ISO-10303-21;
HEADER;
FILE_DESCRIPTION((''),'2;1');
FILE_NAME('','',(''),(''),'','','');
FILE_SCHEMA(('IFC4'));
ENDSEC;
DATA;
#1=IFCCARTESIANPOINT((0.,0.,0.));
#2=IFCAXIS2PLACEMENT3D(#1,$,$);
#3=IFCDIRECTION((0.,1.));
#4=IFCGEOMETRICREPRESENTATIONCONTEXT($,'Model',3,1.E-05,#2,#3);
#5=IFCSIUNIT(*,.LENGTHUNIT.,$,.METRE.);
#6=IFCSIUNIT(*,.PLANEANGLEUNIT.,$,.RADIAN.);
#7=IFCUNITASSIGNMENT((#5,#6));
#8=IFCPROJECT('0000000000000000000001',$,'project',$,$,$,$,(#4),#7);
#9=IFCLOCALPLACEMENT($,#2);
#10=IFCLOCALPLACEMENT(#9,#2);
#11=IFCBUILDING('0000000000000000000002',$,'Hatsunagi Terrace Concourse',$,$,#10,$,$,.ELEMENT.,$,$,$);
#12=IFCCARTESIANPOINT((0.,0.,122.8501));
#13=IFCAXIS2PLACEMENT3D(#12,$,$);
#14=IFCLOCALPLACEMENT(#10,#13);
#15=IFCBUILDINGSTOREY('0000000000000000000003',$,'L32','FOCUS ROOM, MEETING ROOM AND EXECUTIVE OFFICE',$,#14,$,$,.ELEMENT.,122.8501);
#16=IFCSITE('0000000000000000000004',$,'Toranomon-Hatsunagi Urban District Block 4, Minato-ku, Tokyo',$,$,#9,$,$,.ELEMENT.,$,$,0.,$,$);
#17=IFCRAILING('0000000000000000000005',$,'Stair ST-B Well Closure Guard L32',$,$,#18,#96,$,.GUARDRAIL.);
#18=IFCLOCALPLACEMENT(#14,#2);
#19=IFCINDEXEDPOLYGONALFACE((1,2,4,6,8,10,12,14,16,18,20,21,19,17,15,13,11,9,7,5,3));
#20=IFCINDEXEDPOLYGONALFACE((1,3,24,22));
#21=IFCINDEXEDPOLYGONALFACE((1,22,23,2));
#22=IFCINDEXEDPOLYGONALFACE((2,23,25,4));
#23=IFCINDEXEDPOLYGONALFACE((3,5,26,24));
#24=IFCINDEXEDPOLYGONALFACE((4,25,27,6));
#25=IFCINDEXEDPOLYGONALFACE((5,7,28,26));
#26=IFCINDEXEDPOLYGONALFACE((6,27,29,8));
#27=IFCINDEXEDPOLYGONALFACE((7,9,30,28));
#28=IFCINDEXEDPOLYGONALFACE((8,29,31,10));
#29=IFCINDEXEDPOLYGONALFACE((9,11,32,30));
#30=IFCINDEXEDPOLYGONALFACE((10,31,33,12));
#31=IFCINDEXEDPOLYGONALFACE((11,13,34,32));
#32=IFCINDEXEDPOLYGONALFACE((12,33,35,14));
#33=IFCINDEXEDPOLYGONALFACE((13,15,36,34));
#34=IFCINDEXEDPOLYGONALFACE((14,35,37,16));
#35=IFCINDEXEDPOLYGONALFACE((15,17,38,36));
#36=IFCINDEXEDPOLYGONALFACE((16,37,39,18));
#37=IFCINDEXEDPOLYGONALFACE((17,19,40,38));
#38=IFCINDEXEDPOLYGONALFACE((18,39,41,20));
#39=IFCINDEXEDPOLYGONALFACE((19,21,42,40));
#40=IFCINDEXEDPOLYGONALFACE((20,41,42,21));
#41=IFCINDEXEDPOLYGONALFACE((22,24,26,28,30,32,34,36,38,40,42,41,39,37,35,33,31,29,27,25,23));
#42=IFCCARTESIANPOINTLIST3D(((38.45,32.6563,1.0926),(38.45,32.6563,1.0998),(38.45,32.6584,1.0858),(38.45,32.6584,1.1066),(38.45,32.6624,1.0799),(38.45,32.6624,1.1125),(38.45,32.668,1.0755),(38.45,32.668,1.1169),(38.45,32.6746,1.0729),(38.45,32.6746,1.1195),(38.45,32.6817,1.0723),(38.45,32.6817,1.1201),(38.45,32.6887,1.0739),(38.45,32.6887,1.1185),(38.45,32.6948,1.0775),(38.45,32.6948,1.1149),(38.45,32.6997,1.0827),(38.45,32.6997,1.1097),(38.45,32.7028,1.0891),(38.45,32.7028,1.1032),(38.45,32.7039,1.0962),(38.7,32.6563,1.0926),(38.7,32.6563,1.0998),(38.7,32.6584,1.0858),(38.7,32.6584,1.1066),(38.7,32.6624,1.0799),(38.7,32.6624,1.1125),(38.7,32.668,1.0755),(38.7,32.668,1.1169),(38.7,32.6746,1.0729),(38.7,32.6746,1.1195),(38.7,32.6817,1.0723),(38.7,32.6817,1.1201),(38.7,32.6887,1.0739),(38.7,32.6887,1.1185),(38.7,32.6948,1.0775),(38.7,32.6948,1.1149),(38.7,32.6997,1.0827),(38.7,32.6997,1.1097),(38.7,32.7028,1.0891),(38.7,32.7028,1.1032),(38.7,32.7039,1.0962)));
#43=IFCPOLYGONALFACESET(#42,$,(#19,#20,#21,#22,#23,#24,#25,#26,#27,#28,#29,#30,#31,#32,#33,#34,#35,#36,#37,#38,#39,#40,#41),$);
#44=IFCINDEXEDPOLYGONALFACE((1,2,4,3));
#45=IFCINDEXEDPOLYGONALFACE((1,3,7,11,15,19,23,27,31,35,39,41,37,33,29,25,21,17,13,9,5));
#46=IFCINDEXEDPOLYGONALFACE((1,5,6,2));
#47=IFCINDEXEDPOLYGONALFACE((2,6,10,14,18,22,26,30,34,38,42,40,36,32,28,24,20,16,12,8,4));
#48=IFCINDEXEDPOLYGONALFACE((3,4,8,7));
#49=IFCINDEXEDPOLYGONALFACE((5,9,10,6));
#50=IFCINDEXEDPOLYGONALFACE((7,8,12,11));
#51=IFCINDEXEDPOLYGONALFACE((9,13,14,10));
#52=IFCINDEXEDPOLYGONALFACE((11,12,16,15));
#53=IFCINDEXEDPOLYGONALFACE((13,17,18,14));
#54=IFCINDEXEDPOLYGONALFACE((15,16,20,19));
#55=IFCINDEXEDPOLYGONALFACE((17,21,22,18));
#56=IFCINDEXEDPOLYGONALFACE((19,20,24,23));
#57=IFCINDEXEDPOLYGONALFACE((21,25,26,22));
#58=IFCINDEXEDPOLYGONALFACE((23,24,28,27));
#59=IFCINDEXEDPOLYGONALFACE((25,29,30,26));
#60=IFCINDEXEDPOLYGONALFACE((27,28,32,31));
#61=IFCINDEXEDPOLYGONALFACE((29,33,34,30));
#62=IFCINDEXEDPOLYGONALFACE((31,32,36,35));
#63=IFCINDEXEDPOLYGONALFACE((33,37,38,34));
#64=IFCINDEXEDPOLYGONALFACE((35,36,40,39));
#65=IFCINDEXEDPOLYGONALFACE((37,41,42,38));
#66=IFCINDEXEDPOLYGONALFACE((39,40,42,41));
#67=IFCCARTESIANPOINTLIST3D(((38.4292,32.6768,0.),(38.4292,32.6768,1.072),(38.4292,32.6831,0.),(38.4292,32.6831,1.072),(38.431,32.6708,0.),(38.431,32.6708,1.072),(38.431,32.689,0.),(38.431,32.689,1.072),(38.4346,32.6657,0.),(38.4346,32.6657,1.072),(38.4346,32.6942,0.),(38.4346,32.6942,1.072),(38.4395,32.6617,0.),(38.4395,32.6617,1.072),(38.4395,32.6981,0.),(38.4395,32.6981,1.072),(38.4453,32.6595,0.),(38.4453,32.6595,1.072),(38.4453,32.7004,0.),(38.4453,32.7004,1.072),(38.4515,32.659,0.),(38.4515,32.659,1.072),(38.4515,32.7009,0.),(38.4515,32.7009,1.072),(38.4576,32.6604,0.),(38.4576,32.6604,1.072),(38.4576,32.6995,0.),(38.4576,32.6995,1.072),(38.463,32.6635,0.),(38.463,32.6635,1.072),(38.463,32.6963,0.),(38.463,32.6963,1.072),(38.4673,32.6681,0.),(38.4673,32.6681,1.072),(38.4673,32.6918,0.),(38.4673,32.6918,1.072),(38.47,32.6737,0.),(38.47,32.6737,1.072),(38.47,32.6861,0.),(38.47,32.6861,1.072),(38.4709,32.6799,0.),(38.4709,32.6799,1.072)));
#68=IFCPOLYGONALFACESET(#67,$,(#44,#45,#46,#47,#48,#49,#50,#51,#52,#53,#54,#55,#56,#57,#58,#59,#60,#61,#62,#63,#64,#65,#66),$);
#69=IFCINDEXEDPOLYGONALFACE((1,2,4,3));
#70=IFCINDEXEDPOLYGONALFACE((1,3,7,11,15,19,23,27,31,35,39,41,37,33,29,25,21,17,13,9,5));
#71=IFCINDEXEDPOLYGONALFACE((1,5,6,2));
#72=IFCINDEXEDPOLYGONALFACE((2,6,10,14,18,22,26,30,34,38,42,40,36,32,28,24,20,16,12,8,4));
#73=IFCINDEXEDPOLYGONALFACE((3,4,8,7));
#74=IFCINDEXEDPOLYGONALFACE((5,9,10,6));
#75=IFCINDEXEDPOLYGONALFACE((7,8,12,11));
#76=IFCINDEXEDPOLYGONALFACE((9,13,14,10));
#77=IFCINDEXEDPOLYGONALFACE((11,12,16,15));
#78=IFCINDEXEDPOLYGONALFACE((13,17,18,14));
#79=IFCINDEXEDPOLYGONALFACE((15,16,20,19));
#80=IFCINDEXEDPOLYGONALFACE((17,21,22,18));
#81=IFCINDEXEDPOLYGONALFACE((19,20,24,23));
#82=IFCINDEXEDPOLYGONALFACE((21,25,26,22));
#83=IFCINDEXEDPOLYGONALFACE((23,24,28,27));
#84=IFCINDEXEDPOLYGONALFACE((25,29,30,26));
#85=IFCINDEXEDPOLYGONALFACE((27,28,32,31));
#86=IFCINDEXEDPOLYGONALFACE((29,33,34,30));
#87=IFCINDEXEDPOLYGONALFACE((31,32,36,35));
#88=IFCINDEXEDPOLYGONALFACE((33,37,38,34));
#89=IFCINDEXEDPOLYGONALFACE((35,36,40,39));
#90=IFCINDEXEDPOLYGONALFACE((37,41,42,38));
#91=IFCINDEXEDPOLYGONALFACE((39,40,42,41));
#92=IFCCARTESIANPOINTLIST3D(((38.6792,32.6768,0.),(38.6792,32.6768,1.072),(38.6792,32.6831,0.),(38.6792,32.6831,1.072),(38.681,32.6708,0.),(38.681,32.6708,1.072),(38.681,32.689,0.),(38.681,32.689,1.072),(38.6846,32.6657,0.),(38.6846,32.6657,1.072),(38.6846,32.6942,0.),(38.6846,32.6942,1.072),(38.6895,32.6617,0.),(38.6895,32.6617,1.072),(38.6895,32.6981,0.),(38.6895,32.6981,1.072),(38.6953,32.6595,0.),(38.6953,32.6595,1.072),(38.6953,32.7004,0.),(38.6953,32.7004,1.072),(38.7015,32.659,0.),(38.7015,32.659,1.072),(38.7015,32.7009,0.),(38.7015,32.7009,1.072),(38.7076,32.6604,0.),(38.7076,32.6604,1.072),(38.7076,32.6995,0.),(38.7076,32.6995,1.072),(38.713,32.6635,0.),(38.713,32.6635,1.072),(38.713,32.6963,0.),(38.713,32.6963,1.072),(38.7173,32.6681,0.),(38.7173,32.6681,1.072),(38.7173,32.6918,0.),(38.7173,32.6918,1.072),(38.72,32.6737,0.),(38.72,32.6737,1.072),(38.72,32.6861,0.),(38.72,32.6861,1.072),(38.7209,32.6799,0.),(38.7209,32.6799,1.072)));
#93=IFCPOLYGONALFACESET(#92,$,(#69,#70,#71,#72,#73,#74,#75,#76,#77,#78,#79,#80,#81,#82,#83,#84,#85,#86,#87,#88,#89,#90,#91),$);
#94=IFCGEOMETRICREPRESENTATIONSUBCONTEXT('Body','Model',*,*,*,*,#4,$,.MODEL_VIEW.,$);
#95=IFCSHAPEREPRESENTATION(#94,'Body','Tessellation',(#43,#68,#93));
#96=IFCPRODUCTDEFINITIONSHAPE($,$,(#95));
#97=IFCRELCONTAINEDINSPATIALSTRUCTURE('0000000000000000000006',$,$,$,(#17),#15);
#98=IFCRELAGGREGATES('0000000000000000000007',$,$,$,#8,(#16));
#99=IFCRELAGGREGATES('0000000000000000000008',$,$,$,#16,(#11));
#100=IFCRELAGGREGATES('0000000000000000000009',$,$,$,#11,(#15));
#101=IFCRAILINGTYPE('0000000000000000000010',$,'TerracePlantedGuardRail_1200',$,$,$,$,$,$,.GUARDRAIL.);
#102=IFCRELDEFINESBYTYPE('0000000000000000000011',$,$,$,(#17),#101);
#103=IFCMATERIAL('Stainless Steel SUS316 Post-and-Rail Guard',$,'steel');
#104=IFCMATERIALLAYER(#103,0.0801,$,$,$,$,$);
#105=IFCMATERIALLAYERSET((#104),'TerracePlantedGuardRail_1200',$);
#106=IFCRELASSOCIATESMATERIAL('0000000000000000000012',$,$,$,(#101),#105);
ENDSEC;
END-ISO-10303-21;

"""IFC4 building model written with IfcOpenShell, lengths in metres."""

from ifc_helpers import new_model, si_unit, direction, frame, origin, origin_2d, place, context, subcontext, project, spatial, circle, extrude, material, layer, layer_set, type_object, element, save


model = new_model("IFC4")

# Units and contexts
model_context = context("Model", 3, precision=1e-05, world=origin(), true_north=direction((0.0, 1.0)))
body_context = subcontext(model_context, "Body", "Model", "MODEL_VIEW")
ifc_project = project(units=[si_unit("LENGTHUNIT", "METRE"), si_unit("PLANEANGLEUNIT", "RADIAN")], contexts=[model_context])

# Site, building, storey
site_placement = place(None, origin())
site = spatial("IfcSite", under=ifc_project, at=site_placement, Name="Toranomon-Hatsunagi Urban District Block 4, Minato-ku, Tokyo", CompositionType="ELEMENT", RefElevation=0.0)
building_placement = place(site_placement, origin())
building = spatial("IfcBuilding", under=site, at=building_placement, Name="Hatsunagi Terrace Concourse", CompositionType="ELEMENT")
storey_placement = place(building_placement, frame((0.0, 0.0, 122.8501)))
storey = spatial("IfcBuildingStorey", under=building, at=storey_placement, Name="L32", Description="FOCUS ROOM, MEETING ROOM AND EXECUTIVE OFFICE", CompositionType="ELEMENT", Elevation=122.8501)

# Railing
ifc_material_1 = material(Name="Stainless Steel SUS316 Post-and-Rail Guard", Category="steel")
ifc_layer_1 = layer(ifc_material_1, 0.0801)
ifc_layer_set_1 = layer_set([ifc_layer_1], Name="TerracePlantedGuardRail_1200")
railing_type_1 = type_object("IfcRailingType", Name="TerracePlantedGuardRail_1200", PredefinedType="GUARDRAIL", material=ifc_layer_set_1)
railing_1_placement = place(storey_placement, frame((38.45, 32.6799, 0.0)))
element("IfcRailing", 1, at=railing_1_placement, inside=storey, type_object=railing_type_1, Name="Stair ST-B Well Closure Guard L32", PredefinedType="GUARDRAIL", context=body_context, shape_type="SweptSolid", body=[
    extrude(circle(Radius=0.0239, at=origin_2d()), frame((0.0, 0.0, 1.0962), z_axis=(1.0, 0.0, 0.0), x_axis=(0.0, 1.0, 0.0)), (0.0, 0.0, 1.0), 0.25),
    extrude(circle(Radius=0.021, at=origin_2d()), origin(), (0.0, 0.0, 1.0), 1.072),
    extrude(circle(Radius=0.021, at=origin_2d()), frame((0.25, 0.0, 0.0)), (0.0, 0.0, 1.0), 1.072),
])

save(model, "model.ifc")
